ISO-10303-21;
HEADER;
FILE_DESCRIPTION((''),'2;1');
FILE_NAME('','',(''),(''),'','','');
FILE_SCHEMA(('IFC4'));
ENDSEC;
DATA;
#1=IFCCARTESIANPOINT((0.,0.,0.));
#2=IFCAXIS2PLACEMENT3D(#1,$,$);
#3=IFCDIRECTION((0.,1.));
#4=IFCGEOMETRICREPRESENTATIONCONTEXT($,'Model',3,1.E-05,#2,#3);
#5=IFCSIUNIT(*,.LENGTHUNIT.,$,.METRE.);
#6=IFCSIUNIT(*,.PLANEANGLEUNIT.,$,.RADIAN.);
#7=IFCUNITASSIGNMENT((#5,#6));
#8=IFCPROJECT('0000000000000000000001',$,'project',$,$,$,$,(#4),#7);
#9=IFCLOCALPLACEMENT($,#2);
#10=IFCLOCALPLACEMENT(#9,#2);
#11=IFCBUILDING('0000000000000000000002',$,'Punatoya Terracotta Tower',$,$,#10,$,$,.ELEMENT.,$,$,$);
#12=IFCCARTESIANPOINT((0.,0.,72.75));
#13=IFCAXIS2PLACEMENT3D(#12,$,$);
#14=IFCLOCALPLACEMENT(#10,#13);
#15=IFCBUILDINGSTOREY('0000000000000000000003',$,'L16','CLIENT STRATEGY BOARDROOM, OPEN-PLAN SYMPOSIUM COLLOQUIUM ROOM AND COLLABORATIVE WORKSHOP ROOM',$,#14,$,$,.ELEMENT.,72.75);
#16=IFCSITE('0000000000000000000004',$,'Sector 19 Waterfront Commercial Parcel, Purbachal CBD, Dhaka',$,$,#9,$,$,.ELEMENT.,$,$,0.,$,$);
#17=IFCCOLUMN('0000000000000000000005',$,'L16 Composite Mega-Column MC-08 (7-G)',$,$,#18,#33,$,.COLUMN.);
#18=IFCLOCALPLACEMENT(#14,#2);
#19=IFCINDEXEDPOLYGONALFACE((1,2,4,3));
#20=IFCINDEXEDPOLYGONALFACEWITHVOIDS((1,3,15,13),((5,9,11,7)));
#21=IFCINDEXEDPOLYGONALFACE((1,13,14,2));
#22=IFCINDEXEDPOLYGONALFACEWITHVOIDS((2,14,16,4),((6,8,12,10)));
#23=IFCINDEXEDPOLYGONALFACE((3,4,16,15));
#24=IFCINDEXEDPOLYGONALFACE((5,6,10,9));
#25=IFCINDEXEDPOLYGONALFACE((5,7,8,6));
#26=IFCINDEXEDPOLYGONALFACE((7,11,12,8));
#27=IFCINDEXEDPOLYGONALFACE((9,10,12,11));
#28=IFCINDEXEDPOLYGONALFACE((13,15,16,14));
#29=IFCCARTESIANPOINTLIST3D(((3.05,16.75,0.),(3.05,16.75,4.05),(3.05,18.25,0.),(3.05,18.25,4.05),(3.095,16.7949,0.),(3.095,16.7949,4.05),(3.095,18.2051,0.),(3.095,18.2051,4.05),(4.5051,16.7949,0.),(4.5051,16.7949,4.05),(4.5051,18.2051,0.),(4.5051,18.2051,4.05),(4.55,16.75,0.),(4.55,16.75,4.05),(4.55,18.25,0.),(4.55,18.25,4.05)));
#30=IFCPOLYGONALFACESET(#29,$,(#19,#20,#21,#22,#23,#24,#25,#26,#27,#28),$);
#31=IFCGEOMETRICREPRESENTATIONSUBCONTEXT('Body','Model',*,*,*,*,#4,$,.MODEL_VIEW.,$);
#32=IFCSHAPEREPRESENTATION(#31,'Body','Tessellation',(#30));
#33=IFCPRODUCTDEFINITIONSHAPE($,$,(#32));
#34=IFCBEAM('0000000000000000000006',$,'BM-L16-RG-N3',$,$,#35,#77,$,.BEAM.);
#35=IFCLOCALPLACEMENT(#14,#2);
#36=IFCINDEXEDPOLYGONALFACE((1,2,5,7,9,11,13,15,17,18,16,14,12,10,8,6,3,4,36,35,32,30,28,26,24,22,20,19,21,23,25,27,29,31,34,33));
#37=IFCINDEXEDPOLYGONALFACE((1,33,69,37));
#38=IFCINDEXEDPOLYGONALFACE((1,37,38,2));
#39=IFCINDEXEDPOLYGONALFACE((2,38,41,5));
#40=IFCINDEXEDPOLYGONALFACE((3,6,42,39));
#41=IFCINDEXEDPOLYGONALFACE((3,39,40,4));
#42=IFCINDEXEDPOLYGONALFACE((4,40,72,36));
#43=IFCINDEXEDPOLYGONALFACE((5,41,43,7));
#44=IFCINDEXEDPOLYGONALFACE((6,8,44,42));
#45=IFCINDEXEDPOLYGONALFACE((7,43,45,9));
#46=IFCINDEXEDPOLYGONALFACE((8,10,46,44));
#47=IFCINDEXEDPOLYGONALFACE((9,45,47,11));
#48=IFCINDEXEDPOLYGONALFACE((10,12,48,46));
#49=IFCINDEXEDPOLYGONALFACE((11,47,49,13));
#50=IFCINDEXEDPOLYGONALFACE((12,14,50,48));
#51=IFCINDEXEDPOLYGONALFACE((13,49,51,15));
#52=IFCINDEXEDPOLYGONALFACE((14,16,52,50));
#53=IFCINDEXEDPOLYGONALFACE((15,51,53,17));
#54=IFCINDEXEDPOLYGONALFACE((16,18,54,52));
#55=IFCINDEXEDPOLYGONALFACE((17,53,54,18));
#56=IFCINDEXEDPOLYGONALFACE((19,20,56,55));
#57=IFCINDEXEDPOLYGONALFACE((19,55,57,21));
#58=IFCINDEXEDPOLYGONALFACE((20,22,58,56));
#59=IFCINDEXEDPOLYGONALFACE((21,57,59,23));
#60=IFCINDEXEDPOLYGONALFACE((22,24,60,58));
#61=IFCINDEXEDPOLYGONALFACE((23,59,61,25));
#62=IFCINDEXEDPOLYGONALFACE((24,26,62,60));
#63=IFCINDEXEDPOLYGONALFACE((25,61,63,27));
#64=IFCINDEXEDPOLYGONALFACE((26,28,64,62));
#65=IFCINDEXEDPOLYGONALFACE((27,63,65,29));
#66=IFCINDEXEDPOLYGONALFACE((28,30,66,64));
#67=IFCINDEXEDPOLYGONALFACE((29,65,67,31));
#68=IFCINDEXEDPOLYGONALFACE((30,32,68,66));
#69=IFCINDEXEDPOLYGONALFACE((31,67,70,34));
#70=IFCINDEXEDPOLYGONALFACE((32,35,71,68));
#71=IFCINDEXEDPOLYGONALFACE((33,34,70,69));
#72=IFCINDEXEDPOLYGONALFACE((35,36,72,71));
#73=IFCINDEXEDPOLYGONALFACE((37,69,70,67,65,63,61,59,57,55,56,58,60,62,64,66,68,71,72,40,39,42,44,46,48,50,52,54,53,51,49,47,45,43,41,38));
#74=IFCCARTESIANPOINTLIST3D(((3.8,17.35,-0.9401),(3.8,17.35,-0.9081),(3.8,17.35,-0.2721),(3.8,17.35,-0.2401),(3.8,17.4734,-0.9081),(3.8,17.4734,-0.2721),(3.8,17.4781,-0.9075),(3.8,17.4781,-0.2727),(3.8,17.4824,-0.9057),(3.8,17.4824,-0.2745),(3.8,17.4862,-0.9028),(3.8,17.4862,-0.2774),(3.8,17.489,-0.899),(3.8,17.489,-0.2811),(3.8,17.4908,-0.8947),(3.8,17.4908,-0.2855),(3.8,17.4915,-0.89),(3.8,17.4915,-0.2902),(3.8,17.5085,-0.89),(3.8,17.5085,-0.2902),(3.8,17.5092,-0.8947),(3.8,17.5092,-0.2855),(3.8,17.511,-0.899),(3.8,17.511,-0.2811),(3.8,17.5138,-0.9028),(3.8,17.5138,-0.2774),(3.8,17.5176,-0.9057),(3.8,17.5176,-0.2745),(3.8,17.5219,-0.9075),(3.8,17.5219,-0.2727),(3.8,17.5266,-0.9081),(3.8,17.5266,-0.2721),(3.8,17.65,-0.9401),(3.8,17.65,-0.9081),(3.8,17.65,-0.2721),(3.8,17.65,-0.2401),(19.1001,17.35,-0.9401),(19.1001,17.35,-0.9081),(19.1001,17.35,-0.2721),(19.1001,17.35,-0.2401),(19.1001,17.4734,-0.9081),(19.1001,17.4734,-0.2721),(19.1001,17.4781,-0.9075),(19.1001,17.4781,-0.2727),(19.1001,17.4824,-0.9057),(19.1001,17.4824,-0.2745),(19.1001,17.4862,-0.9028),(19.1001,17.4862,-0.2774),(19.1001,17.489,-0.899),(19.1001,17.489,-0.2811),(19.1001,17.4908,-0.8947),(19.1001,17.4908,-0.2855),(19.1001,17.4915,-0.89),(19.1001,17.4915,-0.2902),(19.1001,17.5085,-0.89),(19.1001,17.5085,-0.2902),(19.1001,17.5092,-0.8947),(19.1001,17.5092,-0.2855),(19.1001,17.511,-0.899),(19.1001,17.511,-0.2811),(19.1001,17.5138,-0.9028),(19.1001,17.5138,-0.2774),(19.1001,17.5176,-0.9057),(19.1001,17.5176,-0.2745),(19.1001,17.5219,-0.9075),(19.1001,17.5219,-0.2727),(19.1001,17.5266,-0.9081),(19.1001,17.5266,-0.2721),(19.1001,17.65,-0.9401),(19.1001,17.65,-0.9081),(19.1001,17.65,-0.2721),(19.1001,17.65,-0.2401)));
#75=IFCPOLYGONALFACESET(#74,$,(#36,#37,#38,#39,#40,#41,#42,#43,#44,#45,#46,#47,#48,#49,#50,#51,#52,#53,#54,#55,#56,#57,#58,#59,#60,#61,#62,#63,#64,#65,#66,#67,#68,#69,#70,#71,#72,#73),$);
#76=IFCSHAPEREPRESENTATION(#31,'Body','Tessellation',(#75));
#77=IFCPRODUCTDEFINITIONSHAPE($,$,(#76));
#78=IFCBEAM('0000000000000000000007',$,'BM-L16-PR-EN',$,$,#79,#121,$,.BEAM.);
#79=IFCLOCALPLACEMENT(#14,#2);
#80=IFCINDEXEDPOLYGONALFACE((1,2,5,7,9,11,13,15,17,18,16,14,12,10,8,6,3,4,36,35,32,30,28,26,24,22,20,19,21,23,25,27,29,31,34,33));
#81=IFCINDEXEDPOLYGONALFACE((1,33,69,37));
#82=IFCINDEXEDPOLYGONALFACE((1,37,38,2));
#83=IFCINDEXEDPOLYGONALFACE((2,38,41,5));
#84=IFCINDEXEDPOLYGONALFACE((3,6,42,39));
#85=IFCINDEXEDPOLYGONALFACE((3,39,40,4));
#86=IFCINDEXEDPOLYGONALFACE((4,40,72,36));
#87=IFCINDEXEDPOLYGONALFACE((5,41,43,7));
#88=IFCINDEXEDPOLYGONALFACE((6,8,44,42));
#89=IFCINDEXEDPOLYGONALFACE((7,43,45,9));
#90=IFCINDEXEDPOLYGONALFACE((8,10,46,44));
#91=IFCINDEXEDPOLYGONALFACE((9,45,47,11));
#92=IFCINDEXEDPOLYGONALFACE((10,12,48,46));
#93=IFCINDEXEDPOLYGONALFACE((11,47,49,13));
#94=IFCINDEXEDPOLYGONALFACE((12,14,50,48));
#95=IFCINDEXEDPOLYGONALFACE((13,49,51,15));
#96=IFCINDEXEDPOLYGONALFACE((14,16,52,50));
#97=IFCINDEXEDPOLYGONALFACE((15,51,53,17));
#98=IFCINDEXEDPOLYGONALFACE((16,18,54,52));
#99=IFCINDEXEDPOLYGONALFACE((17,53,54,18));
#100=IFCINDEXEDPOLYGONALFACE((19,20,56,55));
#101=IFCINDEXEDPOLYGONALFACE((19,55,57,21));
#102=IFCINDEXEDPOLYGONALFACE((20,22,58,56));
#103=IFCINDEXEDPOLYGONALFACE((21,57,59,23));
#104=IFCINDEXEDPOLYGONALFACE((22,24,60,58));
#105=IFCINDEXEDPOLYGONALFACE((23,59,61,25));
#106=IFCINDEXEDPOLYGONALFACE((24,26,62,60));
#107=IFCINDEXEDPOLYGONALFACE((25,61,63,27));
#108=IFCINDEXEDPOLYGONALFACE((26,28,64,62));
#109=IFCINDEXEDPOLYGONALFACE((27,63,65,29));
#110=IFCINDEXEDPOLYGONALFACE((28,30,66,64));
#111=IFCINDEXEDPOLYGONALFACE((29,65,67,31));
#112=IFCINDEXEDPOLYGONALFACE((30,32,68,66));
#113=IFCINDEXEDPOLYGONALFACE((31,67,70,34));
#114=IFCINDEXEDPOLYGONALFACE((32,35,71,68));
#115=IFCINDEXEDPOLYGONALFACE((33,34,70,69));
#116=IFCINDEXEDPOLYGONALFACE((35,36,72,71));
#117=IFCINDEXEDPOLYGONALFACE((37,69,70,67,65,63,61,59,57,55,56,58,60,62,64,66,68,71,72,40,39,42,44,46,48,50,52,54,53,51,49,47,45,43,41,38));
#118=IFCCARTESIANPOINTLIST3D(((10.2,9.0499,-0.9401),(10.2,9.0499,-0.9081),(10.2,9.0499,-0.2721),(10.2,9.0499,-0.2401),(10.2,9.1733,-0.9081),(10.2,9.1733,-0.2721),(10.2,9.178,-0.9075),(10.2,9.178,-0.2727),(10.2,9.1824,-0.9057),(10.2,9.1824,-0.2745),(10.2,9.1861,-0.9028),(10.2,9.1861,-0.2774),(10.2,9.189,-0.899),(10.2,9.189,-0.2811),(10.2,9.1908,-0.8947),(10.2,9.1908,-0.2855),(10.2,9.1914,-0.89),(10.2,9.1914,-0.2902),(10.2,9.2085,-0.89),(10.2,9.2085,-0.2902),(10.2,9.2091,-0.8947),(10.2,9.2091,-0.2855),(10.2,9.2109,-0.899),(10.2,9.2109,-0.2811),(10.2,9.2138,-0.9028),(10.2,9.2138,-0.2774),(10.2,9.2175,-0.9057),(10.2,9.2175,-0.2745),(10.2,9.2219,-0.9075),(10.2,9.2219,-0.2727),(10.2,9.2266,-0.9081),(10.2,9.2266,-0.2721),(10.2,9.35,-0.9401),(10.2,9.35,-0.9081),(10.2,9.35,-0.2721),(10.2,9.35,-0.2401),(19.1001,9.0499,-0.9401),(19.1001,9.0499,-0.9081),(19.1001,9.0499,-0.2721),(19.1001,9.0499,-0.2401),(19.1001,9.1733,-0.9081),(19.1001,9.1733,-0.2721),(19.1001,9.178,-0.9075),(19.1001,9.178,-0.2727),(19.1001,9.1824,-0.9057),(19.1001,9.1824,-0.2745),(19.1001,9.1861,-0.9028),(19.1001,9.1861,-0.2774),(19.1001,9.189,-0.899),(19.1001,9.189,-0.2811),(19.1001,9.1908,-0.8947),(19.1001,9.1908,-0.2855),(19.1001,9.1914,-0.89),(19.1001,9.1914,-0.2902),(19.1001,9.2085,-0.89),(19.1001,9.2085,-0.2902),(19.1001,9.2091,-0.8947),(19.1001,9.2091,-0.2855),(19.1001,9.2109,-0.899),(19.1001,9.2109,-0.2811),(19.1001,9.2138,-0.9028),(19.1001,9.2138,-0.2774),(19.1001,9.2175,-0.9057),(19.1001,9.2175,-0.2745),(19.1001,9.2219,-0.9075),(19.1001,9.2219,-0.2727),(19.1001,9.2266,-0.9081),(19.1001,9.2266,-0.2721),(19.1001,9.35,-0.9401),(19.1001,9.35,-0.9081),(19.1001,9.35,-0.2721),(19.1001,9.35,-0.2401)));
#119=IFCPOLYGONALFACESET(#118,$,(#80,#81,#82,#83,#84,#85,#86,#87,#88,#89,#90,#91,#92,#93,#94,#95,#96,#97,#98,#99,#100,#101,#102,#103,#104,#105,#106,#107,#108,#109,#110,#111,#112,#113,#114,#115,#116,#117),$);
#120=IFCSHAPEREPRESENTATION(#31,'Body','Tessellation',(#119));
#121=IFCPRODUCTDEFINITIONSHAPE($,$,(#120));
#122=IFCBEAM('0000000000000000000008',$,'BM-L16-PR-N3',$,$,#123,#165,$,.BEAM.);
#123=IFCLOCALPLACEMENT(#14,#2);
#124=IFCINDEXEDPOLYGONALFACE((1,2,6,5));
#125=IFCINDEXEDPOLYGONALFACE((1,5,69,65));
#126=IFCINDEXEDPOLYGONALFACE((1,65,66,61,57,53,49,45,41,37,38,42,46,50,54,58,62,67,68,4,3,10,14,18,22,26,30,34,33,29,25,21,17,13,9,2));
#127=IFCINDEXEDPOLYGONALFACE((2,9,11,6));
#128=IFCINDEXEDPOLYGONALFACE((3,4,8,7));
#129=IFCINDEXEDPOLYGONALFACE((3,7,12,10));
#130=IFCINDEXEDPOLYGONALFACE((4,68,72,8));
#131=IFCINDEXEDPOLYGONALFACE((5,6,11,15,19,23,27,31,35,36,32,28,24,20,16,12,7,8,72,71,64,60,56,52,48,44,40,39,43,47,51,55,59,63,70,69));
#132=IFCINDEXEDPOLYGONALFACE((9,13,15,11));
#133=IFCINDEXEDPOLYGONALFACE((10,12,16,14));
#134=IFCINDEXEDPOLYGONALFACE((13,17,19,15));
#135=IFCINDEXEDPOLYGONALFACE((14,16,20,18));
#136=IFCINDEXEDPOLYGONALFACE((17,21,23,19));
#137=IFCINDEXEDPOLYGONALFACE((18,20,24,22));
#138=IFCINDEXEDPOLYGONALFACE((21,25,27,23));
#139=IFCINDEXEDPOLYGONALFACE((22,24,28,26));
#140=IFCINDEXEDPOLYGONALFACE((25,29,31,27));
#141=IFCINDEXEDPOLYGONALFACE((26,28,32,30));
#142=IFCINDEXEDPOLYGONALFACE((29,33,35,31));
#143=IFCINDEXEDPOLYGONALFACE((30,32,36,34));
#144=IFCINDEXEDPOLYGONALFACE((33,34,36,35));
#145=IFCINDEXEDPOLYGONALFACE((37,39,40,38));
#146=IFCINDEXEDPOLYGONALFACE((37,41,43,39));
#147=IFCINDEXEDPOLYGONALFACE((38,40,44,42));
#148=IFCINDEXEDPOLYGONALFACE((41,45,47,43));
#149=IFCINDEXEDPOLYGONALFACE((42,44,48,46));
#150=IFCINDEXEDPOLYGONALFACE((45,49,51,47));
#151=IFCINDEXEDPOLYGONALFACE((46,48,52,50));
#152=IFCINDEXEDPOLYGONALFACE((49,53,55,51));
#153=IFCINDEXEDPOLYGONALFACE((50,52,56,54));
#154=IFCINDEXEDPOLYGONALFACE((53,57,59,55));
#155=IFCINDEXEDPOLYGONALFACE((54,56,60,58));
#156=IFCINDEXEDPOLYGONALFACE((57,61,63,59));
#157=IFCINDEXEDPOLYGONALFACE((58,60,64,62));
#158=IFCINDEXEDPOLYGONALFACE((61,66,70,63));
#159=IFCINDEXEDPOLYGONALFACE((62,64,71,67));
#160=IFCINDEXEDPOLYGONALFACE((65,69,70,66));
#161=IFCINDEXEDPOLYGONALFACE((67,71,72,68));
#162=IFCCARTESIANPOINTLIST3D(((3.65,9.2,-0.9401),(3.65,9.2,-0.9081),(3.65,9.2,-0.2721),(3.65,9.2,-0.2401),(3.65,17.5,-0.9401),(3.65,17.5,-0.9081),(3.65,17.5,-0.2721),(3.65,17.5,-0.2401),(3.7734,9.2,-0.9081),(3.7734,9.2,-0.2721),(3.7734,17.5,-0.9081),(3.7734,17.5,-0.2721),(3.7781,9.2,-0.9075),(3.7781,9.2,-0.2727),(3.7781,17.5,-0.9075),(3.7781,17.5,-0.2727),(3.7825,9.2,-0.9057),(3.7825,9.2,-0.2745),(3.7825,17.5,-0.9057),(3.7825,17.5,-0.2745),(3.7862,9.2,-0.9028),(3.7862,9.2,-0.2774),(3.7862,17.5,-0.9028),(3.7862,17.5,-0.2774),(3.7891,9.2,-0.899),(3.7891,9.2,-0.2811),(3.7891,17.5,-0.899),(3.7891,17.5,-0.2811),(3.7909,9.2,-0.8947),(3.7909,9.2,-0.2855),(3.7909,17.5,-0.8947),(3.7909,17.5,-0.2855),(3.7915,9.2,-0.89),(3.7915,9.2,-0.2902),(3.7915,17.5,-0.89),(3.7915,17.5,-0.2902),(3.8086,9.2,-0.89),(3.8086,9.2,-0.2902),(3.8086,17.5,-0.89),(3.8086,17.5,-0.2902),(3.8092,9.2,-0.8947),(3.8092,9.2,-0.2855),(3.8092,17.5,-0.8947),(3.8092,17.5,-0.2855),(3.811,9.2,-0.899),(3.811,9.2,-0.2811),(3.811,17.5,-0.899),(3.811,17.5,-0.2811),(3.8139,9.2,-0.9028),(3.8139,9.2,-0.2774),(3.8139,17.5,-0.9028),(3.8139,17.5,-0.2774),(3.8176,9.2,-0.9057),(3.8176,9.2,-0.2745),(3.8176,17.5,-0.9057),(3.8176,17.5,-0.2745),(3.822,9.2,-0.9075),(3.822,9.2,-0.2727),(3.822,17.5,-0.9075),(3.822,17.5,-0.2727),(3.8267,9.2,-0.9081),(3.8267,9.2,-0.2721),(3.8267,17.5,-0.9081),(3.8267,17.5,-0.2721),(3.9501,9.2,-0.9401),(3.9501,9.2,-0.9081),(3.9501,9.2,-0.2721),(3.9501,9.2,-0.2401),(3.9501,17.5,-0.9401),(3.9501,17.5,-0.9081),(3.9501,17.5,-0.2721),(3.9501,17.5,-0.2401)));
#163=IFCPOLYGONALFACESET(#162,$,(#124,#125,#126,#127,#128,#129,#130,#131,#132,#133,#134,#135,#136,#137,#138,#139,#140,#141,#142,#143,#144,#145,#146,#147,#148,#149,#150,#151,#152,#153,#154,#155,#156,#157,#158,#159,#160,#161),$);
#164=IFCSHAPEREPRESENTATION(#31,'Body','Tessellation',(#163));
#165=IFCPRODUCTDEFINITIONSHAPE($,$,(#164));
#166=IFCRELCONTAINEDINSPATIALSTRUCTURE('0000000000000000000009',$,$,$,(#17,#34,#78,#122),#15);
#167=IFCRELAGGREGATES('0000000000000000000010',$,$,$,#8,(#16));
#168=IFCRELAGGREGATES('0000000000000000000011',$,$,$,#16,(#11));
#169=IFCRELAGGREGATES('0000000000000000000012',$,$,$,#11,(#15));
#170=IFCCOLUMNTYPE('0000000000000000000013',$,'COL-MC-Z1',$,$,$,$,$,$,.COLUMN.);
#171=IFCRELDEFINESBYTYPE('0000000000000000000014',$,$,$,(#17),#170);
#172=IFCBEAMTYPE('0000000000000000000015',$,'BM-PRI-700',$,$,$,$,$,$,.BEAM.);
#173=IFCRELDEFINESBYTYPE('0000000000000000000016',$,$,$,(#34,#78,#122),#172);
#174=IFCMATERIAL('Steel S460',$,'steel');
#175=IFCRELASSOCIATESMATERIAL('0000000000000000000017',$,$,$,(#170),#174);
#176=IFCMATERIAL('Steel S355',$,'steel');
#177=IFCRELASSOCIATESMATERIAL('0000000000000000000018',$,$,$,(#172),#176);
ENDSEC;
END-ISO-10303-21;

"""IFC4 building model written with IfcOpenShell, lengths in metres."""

from ifc_helpers import new_model, si_unit, direction, frame, origin, origin_2d, place, context, subcontext, project, spatial, hollow_rectangle, i_section, extrude, material, material_profile, profile_set, type_object, element, save


model = new_model("IFC4")

# Units and contexts
model_context = context("Model", 3, precision=1e-05, world=origin(), true_north=direction((0.0, 1.0)))
body_context = subcontext(model_context, "Body", "Model", "MODEL_VIEW")
ifc_project = project(units=[si_unit("LENGTHUNIT", "METRE"), si_unit("PLANEANGLEUNIT", "RADIAN")], contexts=[model_context])

# Site, building, storey
site_placement = place(None, origin())
site = spatial("IfcSite", under=ifc_project, at=site_placement, Name="Sector 19 Waterfront Commercial Parcel, Purbachal CBD, Dhaka", CompositionType="ELEMENT", RefElevation=0.0)
building_placement = place(site_placement, origin())
building = spatial("IfcBuilding", under=site, at=building_placement, Name="Punatoya Terracotta Tower", CompositionType="ELEMENT")
storey_placement = place(building_placement, frame((0.0, 0.0, 72.75)))
storey = spatial("IfcBuildingStorey", under=building, at=storey_placement, Name="L16", Description="CLIENT STRATEGY BOARDROOM, OPEN-PLAN SYMPOSIUM COLLOQUIUM ROOM AND COLLABORATIVE WORKSHOP ROOM", CompositionType="ELEMENT", Elevation=72.75)

# Column
ifc_material_1 = material(Name="Steel S460", Category="steel")
ifc_material_profile_1 = material_profile(ifc_material_1, hollow_rectangle(XDim=1.5, YDim=1.5, WallThickness=0.0449, at=origin_2d()))
ifc_profile_set_1 = profile_set([ifc_material_profile_1], Name="Steel S460")
column_type = type_object("IfcColumnType", Name="COL-MC-Z1", PredefinedType="COLUMN", material=ifc_profile_set_1)
column_placement = place(storey_placement, frame((3.8, 17.5, 0.0), z_axis=(0.0, 0.0, 1.0), x_axis=(1.0, 0.0, 0.0)))
element("IfcColumn", 1, at=column_placement, inside=storey, type_object=column_type, Name="L16 Composite Mega-Column MC-08 (7-G)", PredefinedType="COLUMN", context=body_context, shape_type="SweptSolid", body=[
    extrude(hollow_rectangle(XDim=1.5, YDim=1.5, WallThickness=0.0449, at=origin_2d()), origin(), (0.0, 0.0, 1.0), 4.05),
])

# Beams
ifc_material_2 = material(Name="Steel S355", Category="steel")
ifc_material_profile_2 = material_profile(ifc_material_2, i_section(OverallWidth=0.3, OverallDepth=0.7, WebThickness=0.0171, FlangeThickness=0.032, FilletRadius=0.0181, at=origin_2d()))
ifc_profile_set_2 = profile_set([ifc_material_profile_2], Name="Steel S355")
beam_type_1 = type_object("IfcBeamType", Name="BM-PRI-700", PredefinedType="BEAM", material=ifc_profile_set_2)
beam_1_placement = place(storey_placement, frame((3.8, 17.5, -0.5901), z_axis=(1.0, 0.0, 0.0), x_axis=(0.0, 1.0, 0.0)))
element("IfcBeam", 2, at=beam_1_placement, inside=storey, type_object=beam_type_1, Name="BM-L16-RG-N3", PredefinedType="BEAM", context=body_context, shape_type="SweptSolid", body=[
    extrude(i_section(OverallWidth=0.3, OverallDepth=0.7, WebThickness=0.0171, FlangeThickness=0.032, FilletRadius=0.0181, at=origin_2d()), origin(), (0.0, 0.0, 1.0), 15.3),
])
beam_2_placement = place(storey_placement, frame((10.2, 9.2, -0.5901), z_axis=(1.0, 0.0, 0.0), x_axis=(0.0, 1.0, 0.0)))
element("IfcBeam", 3, at=beam_2_placement, inside=storey, type_object=beam_type_1, Name="BM-L16-PR-EN", PredefinedType="BEAM", context=body_context, shape_type="SweptSolid", body=[
    extrude(i_section(OverallWidth=0.3, OverallDepth=0.7, WebThickness=0.0171, FlangeThickness=0.032, FilletRadius=0.0181, at=origin_2d()), origin(), (0.0, 0.0, 1.0), 8.9001),
])
for number, where, z_axis, x_axis, name in (
    (4, (3.8, 9.2, -0.5901), (0.0, 1.0, 0.0), (-1.0, 0.0, 0.0), "BM-L16-PR-N3"),
):
    element("IfcBeam", number, at=place(storey_placement, frame(where, z_axis=z_axis, x_axis=x_axis)), inside=storey, type_object=beam_type_1, Name=name, PredefinedType="BEAM", context=body_context, shape_type="SweptSolid", body=[
        extrude(i_section(OverallWidth=0.3, OverallDepth=0.7, WebThickness=0.0171, FlangeThickness=0.032, FilletRadius=0.0181, at=origin_2d()), origin(), (0.0, 0.0, 1.0), 8.3),
    ])

save(model, "model.ifc")
